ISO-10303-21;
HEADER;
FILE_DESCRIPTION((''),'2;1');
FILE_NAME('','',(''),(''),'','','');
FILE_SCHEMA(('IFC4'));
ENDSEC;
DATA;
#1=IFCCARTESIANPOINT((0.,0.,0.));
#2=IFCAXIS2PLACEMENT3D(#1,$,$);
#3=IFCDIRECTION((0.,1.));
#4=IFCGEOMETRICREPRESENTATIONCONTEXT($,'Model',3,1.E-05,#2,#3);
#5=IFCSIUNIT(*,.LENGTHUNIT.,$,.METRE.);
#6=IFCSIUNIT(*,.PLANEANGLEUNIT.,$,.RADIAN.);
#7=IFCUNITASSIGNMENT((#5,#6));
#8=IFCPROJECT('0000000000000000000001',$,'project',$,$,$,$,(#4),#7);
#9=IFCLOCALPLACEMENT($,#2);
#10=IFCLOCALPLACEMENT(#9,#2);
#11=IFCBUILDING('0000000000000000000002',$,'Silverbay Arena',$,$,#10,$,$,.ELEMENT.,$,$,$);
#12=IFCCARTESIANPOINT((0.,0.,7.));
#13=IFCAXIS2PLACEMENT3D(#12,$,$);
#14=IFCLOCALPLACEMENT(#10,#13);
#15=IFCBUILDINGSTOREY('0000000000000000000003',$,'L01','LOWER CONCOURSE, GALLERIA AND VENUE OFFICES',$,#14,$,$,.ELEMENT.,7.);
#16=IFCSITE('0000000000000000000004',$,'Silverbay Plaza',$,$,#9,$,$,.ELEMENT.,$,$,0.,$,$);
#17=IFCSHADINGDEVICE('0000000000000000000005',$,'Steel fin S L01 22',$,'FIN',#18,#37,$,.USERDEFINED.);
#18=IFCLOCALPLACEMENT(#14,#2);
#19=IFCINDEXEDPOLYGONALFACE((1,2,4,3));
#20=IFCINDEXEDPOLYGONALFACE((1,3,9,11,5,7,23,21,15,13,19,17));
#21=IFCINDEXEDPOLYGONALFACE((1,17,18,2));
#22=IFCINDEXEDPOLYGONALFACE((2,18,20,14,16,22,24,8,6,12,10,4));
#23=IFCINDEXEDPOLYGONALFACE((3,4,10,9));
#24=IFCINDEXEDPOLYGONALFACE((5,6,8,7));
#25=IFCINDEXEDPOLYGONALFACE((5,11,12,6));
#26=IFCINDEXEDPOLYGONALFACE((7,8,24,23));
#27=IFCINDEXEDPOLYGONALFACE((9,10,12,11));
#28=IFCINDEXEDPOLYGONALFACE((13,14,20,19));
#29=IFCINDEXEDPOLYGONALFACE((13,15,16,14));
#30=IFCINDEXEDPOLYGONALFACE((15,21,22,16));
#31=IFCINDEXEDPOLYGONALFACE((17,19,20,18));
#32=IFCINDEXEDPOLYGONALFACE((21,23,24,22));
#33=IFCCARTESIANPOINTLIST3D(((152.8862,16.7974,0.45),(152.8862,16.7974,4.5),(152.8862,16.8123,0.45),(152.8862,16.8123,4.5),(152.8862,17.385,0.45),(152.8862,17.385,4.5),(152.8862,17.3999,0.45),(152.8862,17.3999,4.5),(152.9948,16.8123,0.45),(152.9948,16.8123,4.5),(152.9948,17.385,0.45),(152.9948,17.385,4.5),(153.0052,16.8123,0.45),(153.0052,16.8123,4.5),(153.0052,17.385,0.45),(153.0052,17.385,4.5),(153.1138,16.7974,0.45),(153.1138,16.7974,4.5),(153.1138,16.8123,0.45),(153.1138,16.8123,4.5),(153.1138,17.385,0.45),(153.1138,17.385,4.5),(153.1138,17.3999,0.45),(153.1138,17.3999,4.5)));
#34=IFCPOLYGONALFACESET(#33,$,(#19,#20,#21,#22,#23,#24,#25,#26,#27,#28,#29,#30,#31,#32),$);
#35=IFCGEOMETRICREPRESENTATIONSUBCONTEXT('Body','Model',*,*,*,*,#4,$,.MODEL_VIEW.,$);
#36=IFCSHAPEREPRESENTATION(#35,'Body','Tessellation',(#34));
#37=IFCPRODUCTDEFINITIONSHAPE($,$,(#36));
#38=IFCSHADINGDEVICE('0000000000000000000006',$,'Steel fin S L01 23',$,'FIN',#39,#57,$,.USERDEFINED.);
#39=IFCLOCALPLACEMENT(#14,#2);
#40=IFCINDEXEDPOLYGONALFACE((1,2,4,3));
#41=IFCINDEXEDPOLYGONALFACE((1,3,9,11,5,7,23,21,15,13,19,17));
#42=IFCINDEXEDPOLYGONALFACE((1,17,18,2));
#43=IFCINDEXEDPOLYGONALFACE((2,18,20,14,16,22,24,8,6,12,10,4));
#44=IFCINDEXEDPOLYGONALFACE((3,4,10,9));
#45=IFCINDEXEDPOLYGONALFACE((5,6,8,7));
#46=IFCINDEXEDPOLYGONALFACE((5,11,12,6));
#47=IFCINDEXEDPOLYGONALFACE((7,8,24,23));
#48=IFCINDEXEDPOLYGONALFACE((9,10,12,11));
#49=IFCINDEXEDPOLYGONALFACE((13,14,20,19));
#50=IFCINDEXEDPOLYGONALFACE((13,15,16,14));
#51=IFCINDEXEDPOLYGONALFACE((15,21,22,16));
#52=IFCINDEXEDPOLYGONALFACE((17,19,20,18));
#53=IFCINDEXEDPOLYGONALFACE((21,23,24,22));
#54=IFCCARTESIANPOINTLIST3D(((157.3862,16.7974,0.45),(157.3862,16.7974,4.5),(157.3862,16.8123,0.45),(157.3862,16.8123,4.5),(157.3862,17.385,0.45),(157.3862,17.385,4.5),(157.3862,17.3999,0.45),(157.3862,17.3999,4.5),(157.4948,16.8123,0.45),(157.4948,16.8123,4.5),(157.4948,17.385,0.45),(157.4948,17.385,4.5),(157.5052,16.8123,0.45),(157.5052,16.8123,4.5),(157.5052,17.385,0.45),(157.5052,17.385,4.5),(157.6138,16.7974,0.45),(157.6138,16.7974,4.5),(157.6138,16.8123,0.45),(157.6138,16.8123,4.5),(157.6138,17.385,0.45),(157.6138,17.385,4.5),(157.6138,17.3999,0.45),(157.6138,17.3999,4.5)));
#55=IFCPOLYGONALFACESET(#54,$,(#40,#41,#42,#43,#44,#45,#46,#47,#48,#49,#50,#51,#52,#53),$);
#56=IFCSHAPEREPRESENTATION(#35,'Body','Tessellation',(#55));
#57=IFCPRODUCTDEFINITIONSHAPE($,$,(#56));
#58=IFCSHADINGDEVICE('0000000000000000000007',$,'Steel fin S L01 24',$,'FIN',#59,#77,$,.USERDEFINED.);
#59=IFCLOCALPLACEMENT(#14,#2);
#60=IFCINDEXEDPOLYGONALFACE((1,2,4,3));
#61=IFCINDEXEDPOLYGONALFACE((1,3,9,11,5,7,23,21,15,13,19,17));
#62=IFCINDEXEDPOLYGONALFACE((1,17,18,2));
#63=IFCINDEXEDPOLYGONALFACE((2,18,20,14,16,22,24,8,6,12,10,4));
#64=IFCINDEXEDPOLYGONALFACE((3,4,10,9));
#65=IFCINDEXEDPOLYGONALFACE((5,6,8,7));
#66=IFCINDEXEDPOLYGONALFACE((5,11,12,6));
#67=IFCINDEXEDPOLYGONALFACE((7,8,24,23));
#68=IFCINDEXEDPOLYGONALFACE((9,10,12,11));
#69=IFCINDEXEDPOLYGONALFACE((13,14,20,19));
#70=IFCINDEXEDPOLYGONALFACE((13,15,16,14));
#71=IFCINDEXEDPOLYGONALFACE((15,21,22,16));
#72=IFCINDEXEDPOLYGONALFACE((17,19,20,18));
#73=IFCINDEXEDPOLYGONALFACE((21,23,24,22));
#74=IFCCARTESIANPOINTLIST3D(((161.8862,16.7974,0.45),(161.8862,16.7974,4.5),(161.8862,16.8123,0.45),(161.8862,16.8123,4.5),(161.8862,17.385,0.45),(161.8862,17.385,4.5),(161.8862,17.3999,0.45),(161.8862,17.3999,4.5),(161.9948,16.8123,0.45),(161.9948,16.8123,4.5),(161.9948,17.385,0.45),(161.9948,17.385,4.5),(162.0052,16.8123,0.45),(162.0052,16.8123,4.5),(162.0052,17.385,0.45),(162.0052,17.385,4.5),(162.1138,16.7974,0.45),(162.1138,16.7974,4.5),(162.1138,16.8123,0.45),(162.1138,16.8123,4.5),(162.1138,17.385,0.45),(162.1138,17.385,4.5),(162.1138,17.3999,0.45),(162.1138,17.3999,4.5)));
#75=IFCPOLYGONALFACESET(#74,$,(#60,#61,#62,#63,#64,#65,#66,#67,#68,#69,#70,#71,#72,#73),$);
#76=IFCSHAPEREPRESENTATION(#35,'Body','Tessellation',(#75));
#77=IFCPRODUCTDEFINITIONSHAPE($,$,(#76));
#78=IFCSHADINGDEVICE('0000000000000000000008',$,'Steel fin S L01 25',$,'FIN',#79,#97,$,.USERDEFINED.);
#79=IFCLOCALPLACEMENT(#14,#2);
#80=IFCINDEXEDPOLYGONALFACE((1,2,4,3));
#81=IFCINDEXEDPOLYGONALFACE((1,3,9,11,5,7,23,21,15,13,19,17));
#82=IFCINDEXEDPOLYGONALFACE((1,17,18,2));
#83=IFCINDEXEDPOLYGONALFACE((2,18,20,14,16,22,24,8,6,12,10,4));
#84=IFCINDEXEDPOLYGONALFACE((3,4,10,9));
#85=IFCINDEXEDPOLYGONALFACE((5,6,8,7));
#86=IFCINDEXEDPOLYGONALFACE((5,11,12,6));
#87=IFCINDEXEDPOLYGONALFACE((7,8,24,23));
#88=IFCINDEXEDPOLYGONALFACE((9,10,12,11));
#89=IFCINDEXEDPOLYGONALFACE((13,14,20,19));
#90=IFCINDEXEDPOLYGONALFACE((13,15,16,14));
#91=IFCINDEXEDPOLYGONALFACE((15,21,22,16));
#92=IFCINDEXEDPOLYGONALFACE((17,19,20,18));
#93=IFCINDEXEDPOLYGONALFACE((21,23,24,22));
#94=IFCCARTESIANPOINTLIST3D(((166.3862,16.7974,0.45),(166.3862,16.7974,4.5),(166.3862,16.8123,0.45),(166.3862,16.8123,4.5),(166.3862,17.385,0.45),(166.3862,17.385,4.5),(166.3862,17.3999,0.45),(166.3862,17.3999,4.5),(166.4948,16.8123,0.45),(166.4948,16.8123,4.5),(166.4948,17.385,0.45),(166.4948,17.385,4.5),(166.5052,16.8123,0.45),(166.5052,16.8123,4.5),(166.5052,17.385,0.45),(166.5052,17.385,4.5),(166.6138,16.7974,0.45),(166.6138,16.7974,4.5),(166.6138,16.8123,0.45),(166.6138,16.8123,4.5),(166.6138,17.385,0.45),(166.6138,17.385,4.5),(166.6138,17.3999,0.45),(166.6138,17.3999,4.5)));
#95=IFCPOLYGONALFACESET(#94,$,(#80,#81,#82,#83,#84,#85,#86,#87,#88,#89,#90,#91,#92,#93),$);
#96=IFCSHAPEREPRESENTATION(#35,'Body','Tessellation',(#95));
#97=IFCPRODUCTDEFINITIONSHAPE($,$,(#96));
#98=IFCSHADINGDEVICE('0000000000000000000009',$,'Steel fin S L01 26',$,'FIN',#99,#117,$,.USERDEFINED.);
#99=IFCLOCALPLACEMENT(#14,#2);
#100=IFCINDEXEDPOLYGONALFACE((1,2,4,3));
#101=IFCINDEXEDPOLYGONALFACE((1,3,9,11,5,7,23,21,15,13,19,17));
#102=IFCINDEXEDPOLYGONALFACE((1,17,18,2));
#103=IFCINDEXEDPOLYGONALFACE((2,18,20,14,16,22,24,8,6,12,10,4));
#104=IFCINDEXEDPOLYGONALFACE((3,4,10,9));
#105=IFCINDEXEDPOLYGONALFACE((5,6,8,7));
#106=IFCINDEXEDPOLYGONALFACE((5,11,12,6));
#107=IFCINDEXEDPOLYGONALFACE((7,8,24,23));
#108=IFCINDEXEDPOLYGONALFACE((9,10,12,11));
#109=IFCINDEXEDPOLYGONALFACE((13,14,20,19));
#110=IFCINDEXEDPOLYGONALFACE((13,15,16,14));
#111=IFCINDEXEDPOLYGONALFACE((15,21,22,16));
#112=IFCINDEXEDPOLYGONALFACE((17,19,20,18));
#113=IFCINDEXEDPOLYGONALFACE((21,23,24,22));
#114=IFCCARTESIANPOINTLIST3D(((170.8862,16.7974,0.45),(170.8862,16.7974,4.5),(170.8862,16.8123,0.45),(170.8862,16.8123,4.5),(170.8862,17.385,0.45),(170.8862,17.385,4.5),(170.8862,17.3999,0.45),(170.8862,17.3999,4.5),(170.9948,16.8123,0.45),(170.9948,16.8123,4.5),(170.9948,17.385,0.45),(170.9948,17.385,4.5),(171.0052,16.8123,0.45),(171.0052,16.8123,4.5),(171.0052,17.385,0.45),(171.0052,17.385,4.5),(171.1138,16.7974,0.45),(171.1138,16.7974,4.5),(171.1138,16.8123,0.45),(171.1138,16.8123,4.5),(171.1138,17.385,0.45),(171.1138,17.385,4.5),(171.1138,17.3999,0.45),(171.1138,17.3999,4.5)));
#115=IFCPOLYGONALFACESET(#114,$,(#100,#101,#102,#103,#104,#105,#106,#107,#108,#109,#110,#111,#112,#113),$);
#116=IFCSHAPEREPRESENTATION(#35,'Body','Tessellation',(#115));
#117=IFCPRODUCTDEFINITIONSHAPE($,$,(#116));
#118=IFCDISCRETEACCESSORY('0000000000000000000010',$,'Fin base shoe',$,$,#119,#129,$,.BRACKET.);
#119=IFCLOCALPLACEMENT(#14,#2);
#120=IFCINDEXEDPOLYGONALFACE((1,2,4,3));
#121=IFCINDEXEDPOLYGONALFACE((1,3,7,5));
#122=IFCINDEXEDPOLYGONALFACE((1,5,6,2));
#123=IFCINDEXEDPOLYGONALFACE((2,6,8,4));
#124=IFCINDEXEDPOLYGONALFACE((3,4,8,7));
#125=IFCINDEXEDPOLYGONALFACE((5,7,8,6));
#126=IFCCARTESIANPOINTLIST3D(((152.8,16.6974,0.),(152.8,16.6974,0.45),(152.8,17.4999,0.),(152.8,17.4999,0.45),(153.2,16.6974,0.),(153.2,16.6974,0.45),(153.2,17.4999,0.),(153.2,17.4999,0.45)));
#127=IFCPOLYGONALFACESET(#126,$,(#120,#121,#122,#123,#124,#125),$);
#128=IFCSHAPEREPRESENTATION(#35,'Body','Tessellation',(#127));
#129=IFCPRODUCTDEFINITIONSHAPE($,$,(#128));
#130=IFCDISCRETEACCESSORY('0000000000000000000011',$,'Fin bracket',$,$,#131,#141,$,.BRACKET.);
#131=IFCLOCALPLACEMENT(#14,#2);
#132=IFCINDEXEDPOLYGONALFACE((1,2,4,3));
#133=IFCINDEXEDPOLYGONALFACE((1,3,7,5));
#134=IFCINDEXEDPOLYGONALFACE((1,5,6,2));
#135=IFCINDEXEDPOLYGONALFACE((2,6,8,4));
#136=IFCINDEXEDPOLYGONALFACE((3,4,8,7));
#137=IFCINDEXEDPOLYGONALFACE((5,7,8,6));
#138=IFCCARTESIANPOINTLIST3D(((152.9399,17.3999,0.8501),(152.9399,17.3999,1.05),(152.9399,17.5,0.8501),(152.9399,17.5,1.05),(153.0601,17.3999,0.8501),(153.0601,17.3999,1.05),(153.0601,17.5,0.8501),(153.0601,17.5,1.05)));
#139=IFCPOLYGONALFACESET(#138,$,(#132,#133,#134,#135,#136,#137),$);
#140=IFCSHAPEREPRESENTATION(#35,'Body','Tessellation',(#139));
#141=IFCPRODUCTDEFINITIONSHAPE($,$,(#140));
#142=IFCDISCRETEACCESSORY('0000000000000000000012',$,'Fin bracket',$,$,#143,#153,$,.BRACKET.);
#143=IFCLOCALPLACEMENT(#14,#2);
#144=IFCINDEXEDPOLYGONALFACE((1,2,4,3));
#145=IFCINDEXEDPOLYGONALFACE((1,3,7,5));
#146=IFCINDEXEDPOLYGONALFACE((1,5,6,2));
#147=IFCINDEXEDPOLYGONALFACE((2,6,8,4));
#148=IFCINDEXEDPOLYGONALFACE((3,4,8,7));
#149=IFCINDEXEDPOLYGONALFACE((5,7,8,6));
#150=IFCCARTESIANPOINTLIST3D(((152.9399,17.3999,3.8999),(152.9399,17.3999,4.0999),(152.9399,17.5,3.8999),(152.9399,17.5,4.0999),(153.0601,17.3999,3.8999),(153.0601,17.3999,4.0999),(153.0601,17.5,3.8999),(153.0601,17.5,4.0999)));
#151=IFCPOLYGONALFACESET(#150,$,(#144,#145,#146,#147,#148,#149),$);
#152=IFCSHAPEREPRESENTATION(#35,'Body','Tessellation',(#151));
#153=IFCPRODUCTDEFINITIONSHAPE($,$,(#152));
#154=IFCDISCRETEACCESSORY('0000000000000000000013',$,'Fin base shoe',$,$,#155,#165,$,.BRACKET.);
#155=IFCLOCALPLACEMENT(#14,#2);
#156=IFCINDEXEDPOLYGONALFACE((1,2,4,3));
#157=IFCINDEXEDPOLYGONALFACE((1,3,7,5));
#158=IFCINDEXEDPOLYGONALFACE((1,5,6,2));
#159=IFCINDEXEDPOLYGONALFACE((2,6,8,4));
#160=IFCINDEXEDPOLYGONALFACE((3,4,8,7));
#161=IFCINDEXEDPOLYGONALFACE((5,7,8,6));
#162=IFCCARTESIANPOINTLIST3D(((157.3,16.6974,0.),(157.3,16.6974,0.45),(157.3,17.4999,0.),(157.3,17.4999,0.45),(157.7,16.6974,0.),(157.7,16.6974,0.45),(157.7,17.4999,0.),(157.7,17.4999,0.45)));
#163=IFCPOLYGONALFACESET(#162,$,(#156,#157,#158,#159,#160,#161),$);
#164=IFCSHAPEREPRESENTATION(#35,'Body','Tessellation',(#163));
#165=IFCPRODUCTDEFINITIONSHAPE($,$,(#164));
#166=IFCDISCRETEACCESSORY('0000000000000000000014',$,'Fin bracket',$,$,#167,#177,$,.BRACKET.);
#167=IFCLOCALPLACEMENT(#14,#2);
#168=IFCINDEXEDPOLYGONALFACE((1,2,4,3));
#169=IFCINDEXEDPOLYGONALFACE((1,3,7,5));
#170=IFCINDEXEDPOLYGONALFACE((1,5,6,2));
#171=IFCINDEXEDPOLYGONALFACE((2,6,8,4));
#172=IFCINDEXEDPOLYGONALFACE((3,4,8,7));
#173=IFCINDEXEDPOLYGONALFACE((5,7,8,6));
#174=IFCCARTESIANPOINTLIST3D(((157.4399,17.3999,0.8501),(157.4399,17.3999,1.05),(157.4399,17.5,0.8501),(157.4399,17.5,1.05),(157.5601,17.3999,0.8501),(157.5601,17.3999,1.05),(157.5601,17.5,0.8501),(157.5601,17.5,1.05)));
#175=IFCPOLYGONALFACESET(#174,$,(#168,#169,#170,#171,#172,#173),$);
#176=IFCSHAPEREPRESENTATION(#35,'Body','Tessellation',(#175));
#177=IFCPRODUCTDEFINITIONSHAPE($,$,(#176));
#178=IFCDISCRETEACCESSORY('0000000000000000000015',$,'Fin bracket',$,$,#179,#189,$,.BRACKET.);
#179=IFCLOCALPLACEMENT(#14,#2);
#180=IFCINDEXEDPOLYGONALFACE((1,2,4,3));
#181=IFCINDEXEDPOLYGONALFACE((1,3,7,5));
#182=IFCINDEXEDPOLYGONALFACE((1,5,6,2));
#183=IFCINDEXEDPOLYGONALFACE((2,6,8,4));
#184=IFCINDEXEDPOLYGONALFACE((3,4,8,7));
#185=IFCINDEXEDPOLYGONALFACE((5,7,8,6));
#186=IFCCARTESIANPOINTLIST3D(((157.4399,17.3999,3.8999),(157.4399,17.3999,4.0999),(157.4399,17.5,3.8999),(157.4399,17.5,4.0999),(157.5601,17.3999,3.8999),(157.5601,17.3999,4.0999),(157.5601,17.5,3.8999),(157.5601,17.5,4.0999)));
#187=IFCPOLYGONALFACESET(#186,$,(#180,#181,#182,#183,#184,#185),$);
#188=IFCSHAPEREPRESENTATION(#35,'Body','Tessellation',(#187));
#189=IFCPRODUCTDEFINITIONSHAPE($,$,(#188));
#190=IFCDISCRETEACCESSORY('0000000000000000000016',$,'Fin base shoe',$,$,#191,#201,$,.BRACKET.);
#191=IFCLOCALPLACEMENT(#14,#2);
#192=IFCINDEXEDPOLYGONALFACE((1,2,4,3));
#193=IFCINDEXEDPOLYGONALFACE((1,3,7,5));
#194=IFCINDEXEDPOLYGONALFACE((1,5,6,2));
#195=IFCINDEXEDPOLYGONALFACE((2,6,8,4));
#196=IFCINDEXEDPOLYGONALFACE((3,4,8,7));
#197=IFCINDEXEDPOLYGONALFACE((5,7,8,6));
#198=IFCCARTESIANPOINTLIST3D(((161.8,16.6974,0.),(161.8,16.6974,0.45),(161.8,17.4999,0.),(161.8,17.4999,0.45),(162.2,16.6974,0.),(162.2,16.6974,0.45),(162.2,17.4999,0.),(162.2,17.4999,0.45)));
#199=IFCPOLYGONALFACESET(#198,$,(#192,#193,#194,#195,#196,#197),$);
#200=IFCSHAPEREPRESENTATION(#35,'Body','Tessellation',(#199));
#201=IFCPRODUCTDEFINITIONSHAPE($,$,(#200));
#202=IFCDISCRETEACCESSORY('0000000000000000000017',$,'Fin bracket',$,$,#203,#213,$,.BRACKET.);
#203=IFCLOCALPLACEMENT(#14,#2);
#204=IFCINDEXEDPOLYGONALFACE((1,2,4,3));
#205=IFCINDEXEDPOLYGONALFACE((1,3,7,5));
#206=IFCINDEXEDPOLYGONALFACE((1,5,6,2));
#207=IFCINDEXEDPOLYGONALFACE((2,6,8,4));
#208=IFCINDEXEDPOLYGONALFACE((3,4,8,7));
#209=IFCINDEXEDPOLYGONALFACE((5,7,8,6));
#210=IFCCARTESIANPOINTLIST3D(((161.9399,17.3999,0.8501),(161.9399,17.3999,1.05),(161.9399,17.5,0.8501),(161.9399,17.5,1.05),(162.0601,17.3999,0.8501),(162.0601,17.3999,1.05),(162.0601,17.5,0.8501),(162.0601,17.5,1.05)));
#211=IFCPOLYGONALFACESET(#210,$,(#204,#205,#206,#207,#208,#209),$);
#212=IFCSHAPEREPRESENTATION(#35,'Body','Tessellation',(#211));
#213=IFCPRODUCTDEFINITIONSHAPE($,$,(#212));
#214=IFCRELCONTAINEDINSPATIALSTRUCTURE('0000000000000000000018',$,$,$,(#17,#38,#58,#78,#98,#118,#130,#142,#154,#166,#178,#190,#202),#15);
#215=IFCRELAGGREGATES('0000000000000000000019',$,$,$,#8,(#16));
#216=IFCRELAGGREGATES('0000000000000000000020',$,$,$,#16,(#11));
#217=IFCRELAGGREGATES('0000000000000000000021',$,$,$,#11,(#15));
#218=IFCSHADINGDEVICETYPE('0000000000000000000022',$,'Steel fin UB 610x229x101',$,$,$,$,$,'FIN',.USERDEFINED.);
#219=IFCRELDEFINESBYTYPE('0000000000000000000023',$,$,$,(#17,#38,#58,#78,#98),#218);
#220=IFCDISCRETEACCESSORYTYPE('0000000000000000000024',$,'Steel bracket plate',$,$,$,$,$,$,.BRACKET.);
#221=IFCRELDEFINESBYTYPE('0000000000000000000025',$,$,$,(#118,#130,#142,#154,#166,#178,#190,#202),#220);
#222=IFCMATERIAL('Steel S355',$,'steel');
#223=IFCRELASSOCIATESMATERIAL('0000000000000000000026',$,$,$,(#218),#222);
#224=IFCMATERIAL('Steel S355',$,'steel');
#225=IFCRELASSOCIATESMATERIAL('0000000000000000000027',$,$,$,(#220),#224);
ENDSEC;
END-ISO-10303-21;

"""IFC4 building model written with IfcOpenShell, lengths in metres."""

from ifc_helpers import new_model, si_unit, direction, frame, origin, origin_2d, place, context, subcontext, project, spatial, rectangle, i_section, extrude, material, material_profile, profile_set, type_object, element, save


model = new_model("IFC4")

# Units and contexts
model_context = context("Model", 3, precision=1e-05, world=origin(), true_north=direction((0.0, 1.0)))
body_context = subcontext(model_context, "Body", "Model", "MODEL_VIEW")
ifc_project = project(units=[si_unit("LENGTHUNIT", "METRE"), si_unit("PLANEANGLEUNIT", "RADIAN")], contexts=[model_context])

# Site, building, storey
site_placement = place(None, origin())
site = spatial("IfcSite", under=ifc_project, at=site_placement, Name="Silverbay Plaza", CompositionType="ELEMENT", RefElevation=0.0)
building_placement = place(site_placement, origin())
building = spatial("IfcBuilding", under=site, at=building_placement, Name="Silverbay Arena", CompositionType="ELEMENT")
storey_placement = place(building_placement, frame((0.0, 0.0, 7.0)))
storey = spatial("IfcBuildingStorey", under=building, at=storey_placement, Name="L01", Description="LOWER CONCOURSE, GALLERIA AND VENUE OFFICES", CompositionType="ELEMENT", Elevation=7.0)

# Shading devices
ifc_material_1 = material(Name="Steel S355", Category="steel")
ifc_material_profile_1 = material_profile(ifc_material_1, i_section(OverallWidth=0.2275, OverallDepth=0.6025, WebThickness=0.0105, FlangeThickness=0.0149, at=origin_2d()), Name="UB 610x229x101")
ifc_profile_set_1 = profile_set([ifc_material_profile_1], Name="Steel S355")
shading_device_type_1 = type_object("IfcShadingDeviceType", Name="Steel fin UB 610x229x101", ElementType="FIN", PredefinedType="USERDEFINED", material=ifc_profile_set_1)
for number, where, z_axis, x_axis, name in (
    (1, (153.0, 17.0986, 0.45), (0.0, 0.0, 1.0), (1.0, 0.0, 0.0), "Steel fin S L01 22"),
    (2, (157.5, 17.0986, 0.45), (0.0, 0.0, 1.0), (1.0, 0.0, 0.0), "Steel fin S L01 23"),
    (3, (162.0, 17.0986, 0.45), (0.0, 0.0, 1.0), (1.0, 0.0, 0.0), "Steel fin S L01 24"),
    (4, (166.5, 17.0986, 0.45), (0.0, 0.0, 1.0), (1.0, 0.0, 0.0), "Steel fin S L01 25"),
    (5, (171.0, 17.0986, 0.45), (0.0, 0.0, 1.0), (1.0, 0.0, 0.0), "Steel fin S L01 26"),
):
    element("IfcShadingDevice", number, at=place(storey_placement, frame(where, z_axis=z_axis, x_axis=x_axis)), inside=storey, type_object=shading_device_type_1, Name=name, ObjectType="FIN", PredefinedType="USERDEFINED", context=body_context, shape_type="SweptSolid", body=[
        extrude(i_section(OverallWidth=0.2275, OverallDepth=0.6025, WebThickness=0.0105, FlangeThickness=0.0149, at=origin_2d()), origin(), (0.0, 0.0, 1.0), 4.05),
    ])

# Discrete accessories
ifc_material_2 = material(Name="Steel S355", Category="steel")
discrete_accessory_type = type_object("IfcDiscreteAccessoryType", Name="Steel bracket plate", PredefinedType="BRACKET", material=ifc_material_2)
discrete_accessory_1_placement = place(storey_placement, frame((153.0, 17.0986, 0.0), z_axis=(0.0, 0.0, 1.0), x_axis=(1.0, 0.0, 0.0)))
element("IfcDiscreteAccessory", 6, at=discrete_accessory_1_placement, inside=storey, type_object=discrete_accessory_type, Name="Fin base shoe", PredefinedType="BRACKET", context=body_context, shape_type="SweptSolid", body=[
    extrude(rectangle(XDim=0.3999, YDim=0.8025, at=origin_2d()), origin(), (0.0, 0.0, 1.0), 0.45),
])
for number, where, z_axis, x_axis, name in (
    (7, (153.0, 17.45, 0.8501), (0.0, 0.0, 1.0), (1.0, 0.0, 0.0), "Fin bracket"),
    (8, (153.0, 17.45, 3.8999), (0.0, 0.0, 1.0), (1.0, 0.0, 0.0), "Fin bracket"),
):
    element("IfcDiscreteAccessory", number, at=place(storey_placement, frame(where, z_axis=z_axis, x_axis=x_axis)), inside=storey, type_object=discrete_accessory_type, Name=name, PredefinedType="BRACKET", context=body_context, shape_type="SweptSolid", body=[
        extrude(rectangle(XDim=0.1201, YDim=0.1001, at=origin_2d()), origin(), (0.0, 0.0, 1.0), 0.2),
    ])
discrete_accessory_2_placement = place(storey_placement, frame((157.5, 17.0986, 0.0), z_axis=(0.0, 0.0, 1.0), x_axis=(1.0, 0.0, 0.0)))
element("IfcDiscreteAccessory", 9, at=discrete_accessory_2_placement, inside=storey, type_object=discrete_accessory_type, Name="Fin base shoe", PredefinedType="BRACKET", context=body_context, shape_type="SweptSolid", body=[
    extrude(rectangle(XDim=0.3999, YDim=0.8025, at=origin_2d()), origin(), (0.0, 0.0, 1.0), 0.45),
])
for number, where, z_axis, x_axis, name in (
    (10, (157.5, 17.45, 0.8501), (0.0, 0.0, 1.0), (1.0, 0.0, 0.0), "Fin bracket"),
    (11, (157.5, 17.45, 3.8999), (0.0, 0.0, 1.0), (1.0, 0.0, 0.0), "Fin bracket"),
):
    element("IfcDiscreteAccessory", number, at=place(storey_placement, frame(where, z_axis=z_axis, x_axis=x_axis)), inside=storey, type_object=discrete_accessory_type, Name=name, PredefinedType="BRACKET", context=body_context, shape_type="SweptSolid", body=[
        extrude(rectangle(XDim=0.1201, YDim=0.1001, at=origin_2d()), origin(), (0.0, 0.0, 1.0), 0.2),
    ])
discrete_accessory_3_placement = place(storey_placement, frame((162.0, 17.0986, 0.0), z_axis=(0.0, 0.0, 1.0), x_axis=(1.0, 0.0, 0.0)))
element("IfcDiscreteAccessory", 12, at=discrete_accessory_3_placement, inside=storey, type_object=discrete_accessory_type, Name="Fin base shoe", PredefinedType="BRACKET", context=body_context, shape_type="SweptSolid", body=[
    extrude(rectangle(XDim=0.3999, YDim=0.8025, at=origin_2d()), origin(), (0.0, 0.0, 1.0), 0.45),
])
for number, where, z_axis, x_axis, name in (
    (13, (162.0, 17.45, 0.8501), (0.0, 0.0, 1.0), (1.0, 0.0, 0.0), "Fin bracket"),
):
    element("IfcDiscreteAccessory", number, at=place(storey_placement, frame(where, z_axis=z_axis, x_axis=x_axis)), inside=storey, type_object=discrete_accessory_type, Name=name, PredefinedType="BRACKET", context=body_context, shape_type="SweptSolid", body=[
        extrude(rectangle(XDim=0.1201, YDim=0.1001, at=origin_2d()), origin(), (0.0, 0.0, 1.0), 0.2),
    ])

save(model, "model.ifc")
